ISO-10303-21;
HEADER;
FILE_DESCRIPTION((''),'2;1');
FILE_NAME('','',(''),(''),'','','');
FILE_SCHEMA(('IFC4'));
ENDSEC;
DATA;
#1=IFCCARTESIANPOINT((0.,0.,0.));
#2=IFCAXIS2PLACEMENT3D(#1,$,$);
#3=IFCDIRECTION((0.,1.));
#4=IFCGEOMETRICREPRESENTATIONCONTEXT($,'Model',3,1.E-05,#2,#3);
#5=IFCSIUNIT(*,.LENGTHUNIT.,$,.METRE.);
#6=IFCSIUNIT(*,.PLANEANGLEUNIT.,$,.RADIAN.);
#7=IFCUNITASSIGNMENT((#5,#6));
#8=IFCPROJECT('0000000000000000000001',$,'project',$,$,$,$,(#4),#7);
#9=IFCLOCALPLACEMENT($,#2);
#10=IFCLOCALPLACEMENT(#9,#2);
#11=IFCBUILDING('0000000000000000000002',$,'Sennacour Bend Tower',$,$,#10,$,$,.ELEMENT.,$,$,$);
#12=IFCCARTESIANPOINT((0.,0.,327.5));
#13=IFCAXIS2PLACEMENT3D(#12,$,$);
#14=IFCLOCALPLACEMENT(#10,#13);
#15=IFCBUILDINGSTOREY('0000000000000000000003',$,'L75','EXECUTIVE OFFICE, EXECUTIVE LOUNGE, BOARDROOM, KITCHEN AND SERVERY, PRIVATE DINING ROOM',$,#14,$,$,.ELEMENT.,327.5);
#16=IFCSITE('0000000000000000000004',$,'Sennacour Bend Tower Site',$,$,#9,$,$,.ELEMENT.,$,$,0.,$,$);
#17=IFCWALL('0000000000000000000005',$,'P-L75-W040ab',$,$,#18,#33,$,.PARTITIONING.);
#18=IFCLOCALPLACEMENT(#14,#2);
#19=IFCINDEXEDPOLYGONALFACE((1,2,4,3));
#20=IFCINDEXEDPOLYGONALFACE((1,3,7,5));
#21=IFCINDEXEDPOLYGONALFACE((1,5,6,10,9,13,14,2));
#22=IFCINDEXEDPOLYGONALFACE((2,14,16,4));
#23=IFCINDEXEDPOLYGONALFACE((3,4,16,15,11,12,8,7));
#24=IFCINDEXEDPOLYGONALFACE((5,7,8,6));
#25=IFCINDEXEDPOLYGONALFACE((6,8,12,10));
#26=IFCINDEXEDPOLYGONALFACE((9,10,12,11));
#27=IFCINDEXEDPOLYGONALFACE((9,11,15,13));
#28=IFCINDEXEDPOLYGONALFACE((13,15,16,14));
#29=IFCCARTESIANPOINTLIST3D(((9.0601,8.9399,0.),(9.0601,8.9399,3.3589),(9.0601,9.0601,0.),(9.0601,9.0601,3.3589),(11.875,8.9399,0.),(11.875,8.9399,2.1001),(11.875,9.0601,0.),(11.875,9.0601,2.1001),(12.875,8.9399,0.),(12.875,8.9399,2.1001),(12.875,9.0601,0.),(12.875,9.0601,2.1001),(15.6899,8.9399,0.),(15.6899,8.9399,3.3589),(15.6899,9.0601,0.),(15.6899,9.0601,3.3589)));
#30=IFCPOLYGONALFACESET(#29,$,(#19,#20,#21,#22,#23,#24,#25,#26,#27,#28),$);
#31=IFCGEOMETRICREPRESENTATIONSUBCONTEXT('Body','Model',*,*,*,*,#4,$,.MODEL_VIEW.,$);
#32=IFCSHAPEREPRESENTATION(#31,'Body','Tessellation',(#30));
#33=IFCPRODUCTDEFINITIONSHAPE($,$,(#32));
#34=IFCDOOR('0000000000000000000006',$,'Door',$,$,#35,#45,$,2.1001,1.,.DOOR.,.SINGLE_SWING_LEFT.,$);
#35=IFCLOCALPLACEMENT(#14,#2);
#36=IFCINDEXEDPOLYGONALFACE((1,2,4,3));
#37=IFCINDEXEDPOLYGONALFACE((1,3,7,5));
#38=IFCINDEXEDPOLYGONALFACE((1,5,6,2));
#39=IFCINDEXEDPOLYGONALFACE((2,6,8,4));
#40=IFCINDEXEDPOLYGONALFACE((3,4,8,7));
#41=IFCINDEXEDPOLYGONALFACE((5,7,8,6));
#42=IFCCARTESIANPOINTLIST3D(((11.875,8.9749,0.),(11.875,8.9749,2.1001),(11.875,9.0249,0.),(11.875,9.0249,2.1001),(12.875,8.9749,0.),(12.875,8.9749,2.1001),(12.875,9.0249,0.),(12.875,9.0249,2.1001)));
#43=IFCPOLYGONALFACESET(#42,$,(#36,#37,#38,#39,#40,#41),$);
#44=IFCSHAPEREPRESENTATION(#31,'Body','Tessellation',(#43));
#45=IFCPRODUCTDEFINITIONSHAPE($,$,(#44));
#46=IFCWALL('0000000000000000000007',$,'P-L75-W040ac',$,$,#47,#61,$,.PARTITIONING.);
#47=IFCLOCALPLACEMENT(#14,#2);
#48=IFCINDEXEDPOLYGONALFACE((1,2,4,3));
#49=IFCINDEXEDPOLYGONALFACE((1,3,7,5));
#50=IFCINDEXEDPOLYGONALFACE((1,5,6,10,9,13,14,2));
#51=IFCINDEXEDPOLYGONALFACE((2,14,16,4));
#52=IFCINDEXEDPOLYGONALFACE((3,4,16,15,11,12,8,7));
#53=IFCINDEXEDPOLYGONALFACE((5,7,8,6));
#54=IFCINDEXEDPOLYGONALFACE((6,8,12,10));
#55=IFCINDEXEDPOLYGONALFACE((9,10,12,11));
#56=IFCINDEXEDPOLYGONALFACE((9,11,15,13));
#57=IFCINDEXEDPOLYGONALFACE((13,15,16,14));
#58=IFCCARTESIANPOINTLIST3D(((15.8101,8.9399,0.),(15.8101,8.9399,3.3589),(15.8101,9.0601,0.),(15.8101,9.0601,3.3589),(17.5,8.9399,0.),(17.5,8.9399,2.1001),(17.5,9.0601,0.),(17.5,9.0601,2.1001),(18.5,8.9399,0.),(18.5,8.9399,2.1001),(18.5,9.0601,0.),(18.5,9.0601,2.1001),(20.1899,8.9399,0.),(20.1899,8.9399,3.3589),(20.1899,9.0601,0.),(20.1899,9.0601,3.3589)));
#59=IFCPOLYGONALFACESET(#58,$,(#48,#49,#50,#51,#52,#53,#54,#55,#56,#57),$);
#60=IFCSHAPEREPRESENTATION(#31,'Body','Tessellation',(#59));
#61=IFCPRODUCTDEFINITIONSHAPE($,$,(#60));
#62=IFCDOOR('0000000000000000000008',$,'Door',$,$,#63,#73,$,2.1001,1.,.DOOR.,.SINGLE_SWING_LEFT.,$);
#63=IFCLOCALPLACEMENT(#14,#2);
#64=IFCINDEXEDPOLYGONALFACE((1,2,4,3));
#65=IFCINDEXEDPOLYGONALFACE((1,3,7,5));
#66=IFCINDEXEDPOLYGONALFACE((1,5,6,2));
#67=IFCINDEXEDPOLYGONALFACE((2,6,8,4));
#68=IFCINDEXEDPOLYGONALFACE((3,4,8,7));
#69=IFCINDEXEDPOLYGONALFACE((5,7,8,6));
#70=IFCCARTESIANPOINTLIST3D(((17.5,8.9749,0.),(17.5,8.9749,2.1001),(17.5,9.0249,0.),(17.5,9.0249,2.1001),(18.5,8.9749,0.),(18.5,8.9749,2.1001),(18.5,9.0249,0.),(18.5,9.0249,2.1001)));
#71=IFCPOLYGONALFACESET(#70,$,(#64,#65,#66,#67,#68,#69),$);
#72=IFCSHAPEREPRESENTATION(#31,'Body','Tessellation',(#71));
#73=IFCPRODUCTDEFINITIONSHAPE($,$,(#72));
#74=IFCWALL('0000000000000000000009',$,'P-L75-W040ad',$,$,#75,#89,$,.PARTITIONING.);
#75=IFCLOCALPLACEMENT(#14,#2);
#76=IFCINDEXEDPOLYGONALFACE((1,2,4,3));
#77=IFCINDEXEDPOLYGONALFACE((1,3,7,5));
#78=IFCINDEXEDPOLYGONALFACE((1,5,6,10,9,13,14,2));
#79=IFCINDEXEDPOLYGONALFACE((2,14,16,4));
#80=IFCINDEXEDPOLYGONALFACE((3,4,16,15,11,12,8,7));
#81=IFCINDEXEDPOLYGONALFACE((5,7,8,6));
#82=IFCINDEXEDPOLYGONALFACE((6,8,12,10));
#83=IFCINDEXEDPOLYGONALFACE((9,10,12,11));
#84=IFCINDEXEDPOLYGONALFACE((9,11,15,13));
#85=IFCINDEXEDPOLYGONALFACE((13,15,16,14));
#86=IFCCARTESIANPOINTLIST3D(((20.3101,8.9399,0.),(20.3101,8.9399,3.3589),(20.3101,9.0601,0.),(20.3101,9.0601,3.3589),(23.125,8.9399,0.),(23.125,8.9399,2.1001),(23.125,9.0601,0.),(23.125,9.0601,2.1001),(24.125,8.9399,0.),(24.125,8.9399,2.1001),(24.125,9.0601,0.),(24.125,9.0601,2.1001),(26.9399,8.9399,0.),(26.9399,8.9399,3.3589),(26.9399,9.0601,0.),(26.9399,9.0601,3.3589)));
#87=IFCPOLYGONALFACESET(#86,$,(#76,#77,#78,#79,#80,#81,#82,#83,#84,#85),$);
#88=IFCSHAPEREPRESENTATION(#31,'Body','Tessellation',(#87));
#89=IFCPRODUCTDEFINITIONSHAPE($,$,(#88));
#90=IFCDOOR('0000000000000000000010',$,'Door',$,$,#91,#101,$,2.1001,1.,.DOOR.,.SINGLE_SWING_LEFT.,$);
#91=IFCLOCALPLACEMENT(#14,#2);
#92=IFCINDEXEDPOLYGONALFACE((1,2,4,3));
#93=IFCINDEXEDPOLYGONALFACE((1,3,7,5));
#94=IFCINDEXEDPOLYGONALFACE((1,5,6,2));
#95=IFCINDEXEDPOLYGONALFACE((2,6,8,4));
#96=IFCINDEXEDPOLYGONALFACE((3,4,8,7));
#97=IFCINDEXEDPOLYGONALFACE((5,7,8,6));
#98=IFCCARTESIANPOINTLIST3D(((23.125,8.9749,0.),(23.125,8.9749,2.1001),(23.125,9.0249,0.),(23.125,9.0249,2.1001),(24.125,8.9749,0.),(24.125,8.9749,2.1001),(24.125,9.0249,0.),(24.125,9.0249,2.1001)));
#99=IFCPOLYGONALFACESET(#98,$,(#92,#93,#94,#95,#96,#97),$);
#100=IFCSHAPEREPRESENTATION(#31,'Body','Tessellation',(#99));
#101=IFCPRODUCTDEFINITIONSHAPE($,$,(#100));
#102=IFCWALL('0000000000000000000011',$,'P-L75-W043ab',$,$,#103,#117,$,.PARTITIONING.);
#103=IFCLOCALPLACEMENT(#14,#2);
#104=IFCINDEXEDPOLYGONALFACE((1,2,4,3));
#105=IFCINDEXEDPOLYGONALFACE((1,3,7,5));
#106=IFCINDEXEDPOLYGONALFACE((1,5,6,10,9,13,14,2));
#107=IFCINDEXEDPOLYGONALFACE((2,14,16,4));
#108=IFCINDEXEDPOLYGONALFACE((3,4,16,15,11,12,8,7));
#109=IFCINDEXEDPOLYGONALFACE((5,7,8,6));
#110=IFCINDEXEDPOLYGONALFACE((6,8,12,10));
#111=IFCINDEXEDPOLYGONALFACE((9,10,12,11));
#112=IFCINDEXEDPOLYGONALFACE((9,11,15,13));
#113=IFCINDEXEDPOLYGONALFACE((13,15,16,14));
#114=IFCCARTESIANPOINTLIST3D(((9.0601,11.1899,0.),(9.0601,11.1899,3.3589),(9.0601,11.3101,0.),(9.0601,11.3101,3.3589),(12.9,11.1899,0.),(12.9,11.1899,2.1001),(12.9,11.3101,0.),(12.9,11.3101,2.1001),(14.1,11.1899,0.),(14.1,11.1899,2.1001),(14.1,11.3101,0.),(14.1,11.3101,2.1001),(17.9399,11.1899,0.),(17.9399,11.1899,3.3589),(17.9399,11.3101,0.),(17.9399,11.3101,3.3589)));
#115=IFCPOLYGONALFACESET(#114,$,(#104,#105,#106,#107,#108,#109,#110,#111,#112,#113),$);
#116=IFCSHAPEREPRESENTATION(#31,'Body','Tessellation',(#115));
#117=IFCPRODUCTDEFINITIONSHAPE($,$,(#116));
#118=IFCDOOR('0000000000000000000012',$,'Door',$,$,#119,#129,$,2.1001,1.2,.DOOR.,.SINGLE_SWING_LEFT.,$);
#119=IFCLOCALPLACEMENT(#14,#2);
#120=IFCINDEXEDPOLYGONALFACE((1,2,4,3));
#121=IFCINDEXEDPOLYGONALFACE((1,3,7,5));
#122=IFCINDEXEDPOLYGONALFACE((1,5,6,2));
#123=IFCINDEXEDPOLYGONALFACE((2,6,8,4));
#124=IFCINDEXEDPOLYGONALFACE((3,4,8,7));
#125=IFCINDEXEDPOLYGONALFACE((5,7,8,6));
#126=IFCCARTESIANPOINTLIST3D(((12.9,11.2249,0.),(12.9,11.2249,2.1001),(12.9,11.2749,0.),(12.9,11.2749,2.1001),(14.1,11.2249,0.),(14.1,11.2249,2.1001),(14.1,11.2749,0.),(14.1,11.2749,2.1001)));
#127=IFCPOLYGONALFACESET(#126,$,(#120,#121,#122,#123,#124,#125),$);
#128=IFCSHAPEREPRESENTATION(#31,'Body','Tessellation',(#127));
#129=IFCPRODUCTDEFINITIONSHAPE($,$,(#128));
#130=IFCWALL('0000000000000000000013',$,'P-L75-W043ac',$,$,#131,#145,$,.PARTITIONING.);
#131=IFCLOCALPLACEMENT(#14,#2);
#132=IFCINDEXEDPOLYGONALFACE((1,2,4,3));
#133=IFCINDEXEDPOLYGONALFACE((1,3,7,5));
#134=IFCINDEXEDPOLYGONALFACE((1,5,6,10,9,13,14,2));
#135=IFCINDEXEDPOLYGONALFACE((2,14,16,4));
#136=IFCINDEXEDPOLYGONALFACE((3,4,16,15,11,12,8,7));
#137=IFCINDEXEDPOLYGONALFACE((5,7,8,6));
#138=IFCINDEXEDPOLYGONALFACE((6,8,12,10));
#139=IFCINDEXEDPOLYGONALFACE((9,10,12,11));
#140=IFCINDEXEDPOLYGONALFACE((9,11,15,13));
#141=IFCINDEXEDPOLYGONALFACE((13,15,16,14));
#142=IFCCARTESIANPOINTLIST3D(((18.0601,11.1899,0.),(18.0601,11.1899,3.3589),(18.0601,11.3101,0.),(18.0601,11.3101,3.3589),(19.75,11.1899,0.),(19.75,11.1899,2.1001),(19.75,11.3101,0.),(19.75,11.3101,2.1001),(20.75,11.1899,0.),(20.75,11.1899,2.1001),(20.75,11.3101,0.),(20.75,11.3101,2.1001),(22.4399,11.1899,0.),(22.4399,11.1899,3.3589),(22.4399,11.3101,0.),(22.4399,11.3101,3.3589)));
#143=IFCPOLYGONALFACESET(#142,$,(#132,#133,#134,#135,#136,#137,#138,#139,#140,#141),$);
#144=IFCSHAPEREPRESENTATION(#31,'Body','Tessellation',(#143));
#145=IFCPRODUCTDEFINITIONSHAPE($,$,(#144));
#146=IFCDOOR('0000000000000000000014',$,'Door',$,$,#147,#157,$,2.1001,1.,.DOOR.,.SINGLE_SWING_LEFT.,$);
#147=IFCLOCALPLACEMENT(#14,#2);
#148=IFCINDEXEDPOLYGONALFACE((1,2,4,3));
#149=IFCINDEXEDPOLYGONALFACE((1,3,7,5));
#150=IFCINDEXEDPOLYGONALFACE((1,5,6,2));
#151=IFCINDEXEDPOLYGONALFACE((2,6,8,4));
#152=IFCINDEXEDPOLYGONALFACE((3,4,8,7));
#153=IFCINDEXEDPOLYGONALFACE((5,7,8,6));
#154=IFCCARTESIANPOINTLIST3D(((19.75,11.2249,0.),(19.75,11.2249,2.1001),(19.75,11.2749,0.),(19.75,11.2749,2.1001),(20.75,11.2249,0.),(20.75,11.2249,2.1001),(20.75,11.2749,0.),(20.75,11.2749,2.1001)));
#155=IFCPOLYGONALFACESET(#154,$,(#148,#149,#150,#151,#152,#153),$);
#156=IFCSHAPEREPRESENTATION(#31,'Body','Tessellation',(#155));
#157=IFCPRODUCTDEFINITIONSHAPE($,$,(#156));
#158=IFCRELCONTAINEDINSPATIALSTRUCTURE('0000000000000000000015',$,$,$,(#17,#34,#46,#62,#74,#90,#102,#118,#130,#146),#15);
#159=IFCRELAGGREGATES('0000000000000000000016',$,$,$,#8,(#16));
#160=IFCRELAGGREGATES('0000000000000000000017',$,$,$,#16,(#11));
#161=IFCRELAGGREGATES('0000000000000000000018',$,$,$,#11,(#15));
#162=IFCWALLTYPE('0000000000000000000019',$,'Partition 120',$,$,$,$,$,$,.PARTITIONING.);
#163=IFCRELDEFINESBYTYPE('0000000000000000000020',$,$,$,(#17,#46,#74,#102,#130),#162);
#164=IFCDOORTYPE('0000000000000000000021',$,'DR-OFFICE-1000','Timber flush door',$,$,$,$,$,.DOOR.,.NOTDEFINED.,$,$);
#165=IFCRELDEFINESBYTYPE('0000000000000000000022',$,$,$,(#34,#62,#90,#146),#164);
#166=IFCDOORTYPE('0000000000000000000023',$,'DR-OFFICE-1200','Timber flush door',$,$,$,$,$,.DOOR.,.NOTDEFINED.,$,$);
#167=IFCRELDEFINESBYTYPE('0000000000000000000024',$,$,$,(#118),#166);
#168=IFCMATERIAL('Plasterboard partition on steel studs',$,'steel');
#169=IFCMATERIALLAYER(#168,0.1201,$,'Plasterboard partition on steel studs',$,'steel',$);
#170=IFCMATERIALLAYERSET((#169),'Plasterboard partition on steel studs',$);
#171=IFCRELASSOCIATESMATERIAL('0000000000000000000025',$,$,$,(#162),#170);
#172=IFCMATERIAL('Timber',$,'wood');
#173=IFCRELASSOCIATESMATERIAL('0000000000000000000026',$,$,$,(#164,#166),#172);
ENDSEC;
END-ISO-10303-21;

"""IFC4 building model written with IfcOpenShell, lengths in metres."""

from ifc_helpers import new_model, si_unit, direction, frame, frame_2d, origin, place, context, subcontext, project, spatial, rectangle, extrude, material, layer, layer_set, type_object, element, fill, save


model = new_model("IFC4")

# Units and contexts
model_context = context("Model", 3, precision=1e-05, world=origin(), true_north=direction((0.0, 1.0)))
body_context = subcontext(model_context, "Body", "Model", "MODEL_VIEW")
ifc_project = project(units=[si_unit("LENGTHUNIT", "METRE"), si_unit("PLANEANGLEUNIT", "RADIAN")], contexts=[model_context])

# Site, building, storey
site_placement = place(None, origin())
site = spatial("IfcSite", under=ifc_project, at=site_placement, Name="Sennacour Bend Tower Site", CompositionType="ELEMENT", RefElevation=0.0)
building_placement = place(site_placement, origin())
building = spatial("IfcBuilding", under=site, at=building_placement, Name="Sennacour Bend Tower", CompositionType="ELEMENT")
storey_placement = place(building_placement, frame((0.0, 0.0, 327.5)))
storey = spatial("IfcBuildingStorey", under=building, at=storey_placement, Name="L75", Description="EXECUTIVE OFFICE, EXECUTIVE LOUNGE, BOARDROOM, KITCHEN AND SERVERY, PRIVATE DINING ROOM", CompositionType="ELEMENT", Elevation=327.5)

# Shared definitions
ifc_material_1 = material(Name="Plasterboard partition on steel studs", Category="steel")
ifc_layer_1 = layer(ifc_material_1, 0.1201, Name="Plasterboard partition on steel studs", Category="steel")
ifc_layer_set_1 = layer_set([ifc_layer_1], Name="Plasterboard partition on steel studs")
wall_type = type_object("IfcWallType", Name="Partition 120", PredefinedType="PARTITIONING", material=ifc_layer_set_1)

# Walls, openings, doors
wall_1_placement = place(storey_placement, frame((9.0601, 9.0, 0.0), z_axis=(0.0, 0.0, 1.0), x_axis=(1.0, 0.0, 0.0)))
wall_1 = element("IfcWall", 1, at=wall_1_placement, inside=storey, type_object=wall_type, Name="P-L75-W040ab", PredefinedType="PARTITIONING", context=body_context, shape_type="SweptSolid", body=[
    extrude(rectangle(XDim=6.6299, YDim=0.1201, at=frame_2d((3.3149, 0.0))), origin(), (0.0, 0.0, 1.0), 3.3589),
])
opening_1_placement = place(wall_1_placement, frame((2.8149, 0.0, 0.0)))
opening_1 = element("IfcOpeningElement", 2, at=opening_1_placement, cuts=wall_1, PredefinedType="OPENING", context=body_context, shape_type="SweptSolid", body=[
    extrude(rectangle(XDim=1.0, YDim=2.1001, at=frame_2d((0.5, 1.05))), frame((0.0, 0.0701, 0.0), z_axis=(0.0, -1.0, 0.0), x_axis=(1.0, 0.0, 0.0)), (0.0, 0.0, 1.0), 0.1401),
])
ifc_material_2 = material(Name="Timber", Category="wood")
door_type_1 = type_object("IfcDoorType", Name="DR-OFFICE-1000", Description="Timber flush door", OperationType="NOTDEFINED", PredefinedType="DOOR", material=ifc_material_2)
door_1_placement = place(opening_1_placement, origin())
door_1 = element("IfcDoor", 3, at=door_1_placement, inside=storey, type_object=door_type_1, Name="Door", OperationType="SINGLE_SWING_LEFT", OverallHeight=2.1001, OverallWidth=1.0, PredefinedType="DOOR", context=body_context, shape_type="SweptSolid", body=[
    extrude(rectangle(XDim=1.0, YDim=2.1001, at=frame_2d((0.5, 1.05))), frame((0.0, 0.0249, 0.0), z_axis=(0.0, -1.0, 0.0), x_axis=(1.0, 0.0, 0.0)), (0.0, 0.0, 1.0), 0.05),
])
fill(opening_1, door_1)
wall_2_placement = place(storey_placement, frame((15.8101, 9.0, 0.0), z_axis=(0.0, 0.0, 1.0), x_axis=(1.0, 0.0, 0.0)))
wall_2 = element("IfcWall", 4, at=wall_2_placement, inside=storey, type_object=wall_type, Name="P-L75-W040ac", PredefinedType="PARTITIONING", context=body_context, shape_type="SweptSolid", body=[
    extrude(rectangle(XDim=4.3799, YDim=0.1201, at=frame_2d((2.1899, 0.0))), origin(), (0.0, 0.0, 1.0), 3.3589),
])
opening_2_placement = place(wall_2_placement, frame((1.6899, 0.0, 0.0)))
opening_2 = element("IfcOpeningElement", 5, at=opening_2_placement, cuts=wall_2, PredefinedType="OPENING", context=body_context, shape_type="SweptSolid", body=[
    extrude(rectangle(XDim=1.0, YDim=2.1001, at=frame_2d((0.5, 1.05))), frame((0.0, 0.0701, 0.0), z_axis=(0.0, -1.0, 0.0), x_axis=(1.0, 0.0, 0.0)), (0.0, 0.0, 1.0), 0.1401),
])
door_2_placement = place(opening_2_placement, origin())
door_2 = element("IfcDoor", 6, at=door_2_placement, inside=storey, type_object=door_type_1, Name="Door", OperationType="SINGLE_SWING_LEFT", OverallHeight=2.1001, OverallWidth=1.0, PredefinedType="DOOR", context=body_context, shape_type="SweptSolid", body=[
    extrude(rectangle(XDim=1.0, YDim=2.1001, at=frame_2d((0.5, 1.05))), frame((0.0, 0.0249, 0.0), z_axis=(0.0, -1.0, 0.0), x_axis=(1.0, 0.0, 0.0)), (0.0, 0.0, 1.0), 0.05),
])
fill(opening_2, door_2)
wall_3_placement = place(storey_placement, frame((20.3101, 9.0, 0.0), z_axis=(0.0, 0.0, 1.0), x_axis=(1.0, 0.0, 0.0)))
wall_3 = element("IfcWall", 7, at=wall_3_placement, inside=storey, type_object=wall_type, Name="P-L75-W040ad", PredefinedType="PARTITIONING", context=body_context, shape_type="SweptSolid", body=[
    extrude(rectangle(XDim=6.6299, YDim=0.1201, at=frame_2d((3.3149, 0.0))), origin(), (0.0, 0.0, 1.0), 3.3589),
])
opening_3_placement = place(wall_3_placement, frame((2.8149, 0.0, 0.0)))
opening_3 = element("IfcOpeningElement", 8, at=opening_3_placement, cuts=wall_3, PredefinedType="OPENING", context=body_context, shape_type="SweptSolid", body=[
    extrude(rectangle(XDim=1.0, YDim=2.1001, at=frame_2d((0.5, 1.05))), frame((0.0, 0.0701, 0.0), z_axis=(0.0, -1.0, 0.0), x_axis=(1.0, 0.0, 0.0)), (0.0, 0.0, 1.0), 0.1401),
])
door_3_placement = place(opening_3_placement, origin())
door_3 = element("IfcDoor", 9, at=door_3_placement, inside=storey, type_object=door_type_1, Name="Door", OperationType="SINGLE_SWING_LEFT", OverallHeight=2.1001, OverallWidth=1.0, PredefinedType="DOOR", context=body_context, shape_type="SweptSolid", body=[
    extrude(rectangle(XDim=1.0, YDim=2.1001, at=frame_2d((0.5, 1.05))), frame((0.0, 0.0249, 0.0), z_axis=(0.0, -1.0, 0.0), x_axis=(1.0, 0.0, 0.0)), (0.0, 0.0, 1.0), 0.05),
])
fill(opening_3, door_3)
wall_4_placement = place(storey_placement, frame((9.0601, 11.25, 0.0), z_axis=(0.0, 0.0, 1.0), x_axis=(1.0, 0.0, 0.0)))
wall_4 = element("IfcWall", 10, at=wall_4_placement, inside=storey, type_object=wall_type, Name="P-L75-W043ab", PredefinedType="PARTITIONING", context=body_context, shape_type="SweptSolid", body=[
    extrude(rectangle(XDim=8.8799, YDim=0.1201, at=frame_2d((4.4399, 0.0))), origin(), (0.0, 0.0, 1.0), 3.3589),
])
opening_4_placement = place(wall_4_placement, frame((3.8398, 0.0, 0.0)))
opening_4 = element("IfcOpeningElement", 11, at=opening_4_placement, cuts=wall_4, PredefinedType="OPENING", context=body_context, shape_type="SweptSolid", body=[
    extrude(rectangle(XDim=1.2, YDim=2.1001, at=frame_2d((0.6001, 1.05))), frame((0.0, 0.0701, 0.0), z_axis=(0.0, -1.0, 0.0), x_axis=(1.0, 0.0, 0.0)), (0.0, 0.0, 1.0), 0.1401),
])
door_type_2 = type_object("IfcDoorType", Name="DR-OFFICE-1200", Description="Timber flush door", OperationType="NOTDEFINED", PredefinedType="DOOR", material=ifc_material_2)
door_4_placement = place(opening_4_placement, origin())
door_4 = element("IfcDoor", 12, at=door_4_placement, inside=storey, type_object=door_type_2, Name="Door", OperationType="SINGLE_SWING_LEFT", OverallHeight=2.1001, OverallWidth=1.2, PredefinedType="DOOR", context=body_context, shape_type="SweptSolid", body=[
    extrude(rectangle(XDim=1.2, YDim=2.1001, at=frame_2d((0.6001, 1.05))), frame((0.0, 0.0249, 0.0), z_axis=(0.0, -1.0, 0.0), x_axis=(1.0, 0.0, 0.0)), (0.0, 0.0, 1.0), 0.05),
])
fill(opening_4, door_4)
wall_5_placement = place(storey_placement, frame((18.0601, 11.25, 0.0), z_axis=(0.0, 0.0, 1.0), x_axis=(1.0, 0.0, 0.0)))
wall_5 = element("IfcWall", 13, at=wall_5_placement, inside=storey, type_object=wall_type, Name="P-L75-W043ac", PredefinedType="PARTITIONING", context=body_context, shape_type="SweptSolid", body=[
    extrude(rectangle(XDim=4.3799, YDim=0.1201, at=frame_2d((2.1899, 0.0))), origin(), (0.0, 0.0, 1.0), 3.3589),
])
opening_5_placement = place(wall_5_placement, frame((1.6899, 0.0, 0.0)))
opening_5 = element("IfcOpeningElement", 14, at=opening_5_placement, cuts=wall_5, PredefinedType="OPENING", context=body_context, shape_type="SweptSolid", body=[
    extrude(rectangle(XDim=1.0, YDim=2.1001, at=frame_2d((0.5, 1.05))), frame((0.0, 0.0701, 0.0), z_axis=(0.0, -1.0, 0.0), x_axis=(1.0, 0.0, 0.0)), (0.0, 0.0, 1.0), 0.1401),
])
door_5_placement = place(opening_5_placement, origin())
door_5 = element("IfcDoor", 15, at=door_5_placement, inside=storey, type_object=door_type_1, Name="Door", OperationType="SINGLE_SWING_LEFT", OverallHeight=2.1001, OverallWidth=1.0, PredefinedType="DOOR", context=body_context, shape_type="SweptSolid", body=[
    extrude(rectangle(XDim=1.0, YDim=2.1001, at=frame_2d((0.5, 1.05))), frame((0.0, 0.0249, 0.0), z_axis=(0.0, -1.0, 0.0), x_axis=(1.0, 0.0, 0.0)), (0.0, 0.0, 1.0), 0.05),
])
fill(opening_5, door_5)

save(model, "model.ifc")
